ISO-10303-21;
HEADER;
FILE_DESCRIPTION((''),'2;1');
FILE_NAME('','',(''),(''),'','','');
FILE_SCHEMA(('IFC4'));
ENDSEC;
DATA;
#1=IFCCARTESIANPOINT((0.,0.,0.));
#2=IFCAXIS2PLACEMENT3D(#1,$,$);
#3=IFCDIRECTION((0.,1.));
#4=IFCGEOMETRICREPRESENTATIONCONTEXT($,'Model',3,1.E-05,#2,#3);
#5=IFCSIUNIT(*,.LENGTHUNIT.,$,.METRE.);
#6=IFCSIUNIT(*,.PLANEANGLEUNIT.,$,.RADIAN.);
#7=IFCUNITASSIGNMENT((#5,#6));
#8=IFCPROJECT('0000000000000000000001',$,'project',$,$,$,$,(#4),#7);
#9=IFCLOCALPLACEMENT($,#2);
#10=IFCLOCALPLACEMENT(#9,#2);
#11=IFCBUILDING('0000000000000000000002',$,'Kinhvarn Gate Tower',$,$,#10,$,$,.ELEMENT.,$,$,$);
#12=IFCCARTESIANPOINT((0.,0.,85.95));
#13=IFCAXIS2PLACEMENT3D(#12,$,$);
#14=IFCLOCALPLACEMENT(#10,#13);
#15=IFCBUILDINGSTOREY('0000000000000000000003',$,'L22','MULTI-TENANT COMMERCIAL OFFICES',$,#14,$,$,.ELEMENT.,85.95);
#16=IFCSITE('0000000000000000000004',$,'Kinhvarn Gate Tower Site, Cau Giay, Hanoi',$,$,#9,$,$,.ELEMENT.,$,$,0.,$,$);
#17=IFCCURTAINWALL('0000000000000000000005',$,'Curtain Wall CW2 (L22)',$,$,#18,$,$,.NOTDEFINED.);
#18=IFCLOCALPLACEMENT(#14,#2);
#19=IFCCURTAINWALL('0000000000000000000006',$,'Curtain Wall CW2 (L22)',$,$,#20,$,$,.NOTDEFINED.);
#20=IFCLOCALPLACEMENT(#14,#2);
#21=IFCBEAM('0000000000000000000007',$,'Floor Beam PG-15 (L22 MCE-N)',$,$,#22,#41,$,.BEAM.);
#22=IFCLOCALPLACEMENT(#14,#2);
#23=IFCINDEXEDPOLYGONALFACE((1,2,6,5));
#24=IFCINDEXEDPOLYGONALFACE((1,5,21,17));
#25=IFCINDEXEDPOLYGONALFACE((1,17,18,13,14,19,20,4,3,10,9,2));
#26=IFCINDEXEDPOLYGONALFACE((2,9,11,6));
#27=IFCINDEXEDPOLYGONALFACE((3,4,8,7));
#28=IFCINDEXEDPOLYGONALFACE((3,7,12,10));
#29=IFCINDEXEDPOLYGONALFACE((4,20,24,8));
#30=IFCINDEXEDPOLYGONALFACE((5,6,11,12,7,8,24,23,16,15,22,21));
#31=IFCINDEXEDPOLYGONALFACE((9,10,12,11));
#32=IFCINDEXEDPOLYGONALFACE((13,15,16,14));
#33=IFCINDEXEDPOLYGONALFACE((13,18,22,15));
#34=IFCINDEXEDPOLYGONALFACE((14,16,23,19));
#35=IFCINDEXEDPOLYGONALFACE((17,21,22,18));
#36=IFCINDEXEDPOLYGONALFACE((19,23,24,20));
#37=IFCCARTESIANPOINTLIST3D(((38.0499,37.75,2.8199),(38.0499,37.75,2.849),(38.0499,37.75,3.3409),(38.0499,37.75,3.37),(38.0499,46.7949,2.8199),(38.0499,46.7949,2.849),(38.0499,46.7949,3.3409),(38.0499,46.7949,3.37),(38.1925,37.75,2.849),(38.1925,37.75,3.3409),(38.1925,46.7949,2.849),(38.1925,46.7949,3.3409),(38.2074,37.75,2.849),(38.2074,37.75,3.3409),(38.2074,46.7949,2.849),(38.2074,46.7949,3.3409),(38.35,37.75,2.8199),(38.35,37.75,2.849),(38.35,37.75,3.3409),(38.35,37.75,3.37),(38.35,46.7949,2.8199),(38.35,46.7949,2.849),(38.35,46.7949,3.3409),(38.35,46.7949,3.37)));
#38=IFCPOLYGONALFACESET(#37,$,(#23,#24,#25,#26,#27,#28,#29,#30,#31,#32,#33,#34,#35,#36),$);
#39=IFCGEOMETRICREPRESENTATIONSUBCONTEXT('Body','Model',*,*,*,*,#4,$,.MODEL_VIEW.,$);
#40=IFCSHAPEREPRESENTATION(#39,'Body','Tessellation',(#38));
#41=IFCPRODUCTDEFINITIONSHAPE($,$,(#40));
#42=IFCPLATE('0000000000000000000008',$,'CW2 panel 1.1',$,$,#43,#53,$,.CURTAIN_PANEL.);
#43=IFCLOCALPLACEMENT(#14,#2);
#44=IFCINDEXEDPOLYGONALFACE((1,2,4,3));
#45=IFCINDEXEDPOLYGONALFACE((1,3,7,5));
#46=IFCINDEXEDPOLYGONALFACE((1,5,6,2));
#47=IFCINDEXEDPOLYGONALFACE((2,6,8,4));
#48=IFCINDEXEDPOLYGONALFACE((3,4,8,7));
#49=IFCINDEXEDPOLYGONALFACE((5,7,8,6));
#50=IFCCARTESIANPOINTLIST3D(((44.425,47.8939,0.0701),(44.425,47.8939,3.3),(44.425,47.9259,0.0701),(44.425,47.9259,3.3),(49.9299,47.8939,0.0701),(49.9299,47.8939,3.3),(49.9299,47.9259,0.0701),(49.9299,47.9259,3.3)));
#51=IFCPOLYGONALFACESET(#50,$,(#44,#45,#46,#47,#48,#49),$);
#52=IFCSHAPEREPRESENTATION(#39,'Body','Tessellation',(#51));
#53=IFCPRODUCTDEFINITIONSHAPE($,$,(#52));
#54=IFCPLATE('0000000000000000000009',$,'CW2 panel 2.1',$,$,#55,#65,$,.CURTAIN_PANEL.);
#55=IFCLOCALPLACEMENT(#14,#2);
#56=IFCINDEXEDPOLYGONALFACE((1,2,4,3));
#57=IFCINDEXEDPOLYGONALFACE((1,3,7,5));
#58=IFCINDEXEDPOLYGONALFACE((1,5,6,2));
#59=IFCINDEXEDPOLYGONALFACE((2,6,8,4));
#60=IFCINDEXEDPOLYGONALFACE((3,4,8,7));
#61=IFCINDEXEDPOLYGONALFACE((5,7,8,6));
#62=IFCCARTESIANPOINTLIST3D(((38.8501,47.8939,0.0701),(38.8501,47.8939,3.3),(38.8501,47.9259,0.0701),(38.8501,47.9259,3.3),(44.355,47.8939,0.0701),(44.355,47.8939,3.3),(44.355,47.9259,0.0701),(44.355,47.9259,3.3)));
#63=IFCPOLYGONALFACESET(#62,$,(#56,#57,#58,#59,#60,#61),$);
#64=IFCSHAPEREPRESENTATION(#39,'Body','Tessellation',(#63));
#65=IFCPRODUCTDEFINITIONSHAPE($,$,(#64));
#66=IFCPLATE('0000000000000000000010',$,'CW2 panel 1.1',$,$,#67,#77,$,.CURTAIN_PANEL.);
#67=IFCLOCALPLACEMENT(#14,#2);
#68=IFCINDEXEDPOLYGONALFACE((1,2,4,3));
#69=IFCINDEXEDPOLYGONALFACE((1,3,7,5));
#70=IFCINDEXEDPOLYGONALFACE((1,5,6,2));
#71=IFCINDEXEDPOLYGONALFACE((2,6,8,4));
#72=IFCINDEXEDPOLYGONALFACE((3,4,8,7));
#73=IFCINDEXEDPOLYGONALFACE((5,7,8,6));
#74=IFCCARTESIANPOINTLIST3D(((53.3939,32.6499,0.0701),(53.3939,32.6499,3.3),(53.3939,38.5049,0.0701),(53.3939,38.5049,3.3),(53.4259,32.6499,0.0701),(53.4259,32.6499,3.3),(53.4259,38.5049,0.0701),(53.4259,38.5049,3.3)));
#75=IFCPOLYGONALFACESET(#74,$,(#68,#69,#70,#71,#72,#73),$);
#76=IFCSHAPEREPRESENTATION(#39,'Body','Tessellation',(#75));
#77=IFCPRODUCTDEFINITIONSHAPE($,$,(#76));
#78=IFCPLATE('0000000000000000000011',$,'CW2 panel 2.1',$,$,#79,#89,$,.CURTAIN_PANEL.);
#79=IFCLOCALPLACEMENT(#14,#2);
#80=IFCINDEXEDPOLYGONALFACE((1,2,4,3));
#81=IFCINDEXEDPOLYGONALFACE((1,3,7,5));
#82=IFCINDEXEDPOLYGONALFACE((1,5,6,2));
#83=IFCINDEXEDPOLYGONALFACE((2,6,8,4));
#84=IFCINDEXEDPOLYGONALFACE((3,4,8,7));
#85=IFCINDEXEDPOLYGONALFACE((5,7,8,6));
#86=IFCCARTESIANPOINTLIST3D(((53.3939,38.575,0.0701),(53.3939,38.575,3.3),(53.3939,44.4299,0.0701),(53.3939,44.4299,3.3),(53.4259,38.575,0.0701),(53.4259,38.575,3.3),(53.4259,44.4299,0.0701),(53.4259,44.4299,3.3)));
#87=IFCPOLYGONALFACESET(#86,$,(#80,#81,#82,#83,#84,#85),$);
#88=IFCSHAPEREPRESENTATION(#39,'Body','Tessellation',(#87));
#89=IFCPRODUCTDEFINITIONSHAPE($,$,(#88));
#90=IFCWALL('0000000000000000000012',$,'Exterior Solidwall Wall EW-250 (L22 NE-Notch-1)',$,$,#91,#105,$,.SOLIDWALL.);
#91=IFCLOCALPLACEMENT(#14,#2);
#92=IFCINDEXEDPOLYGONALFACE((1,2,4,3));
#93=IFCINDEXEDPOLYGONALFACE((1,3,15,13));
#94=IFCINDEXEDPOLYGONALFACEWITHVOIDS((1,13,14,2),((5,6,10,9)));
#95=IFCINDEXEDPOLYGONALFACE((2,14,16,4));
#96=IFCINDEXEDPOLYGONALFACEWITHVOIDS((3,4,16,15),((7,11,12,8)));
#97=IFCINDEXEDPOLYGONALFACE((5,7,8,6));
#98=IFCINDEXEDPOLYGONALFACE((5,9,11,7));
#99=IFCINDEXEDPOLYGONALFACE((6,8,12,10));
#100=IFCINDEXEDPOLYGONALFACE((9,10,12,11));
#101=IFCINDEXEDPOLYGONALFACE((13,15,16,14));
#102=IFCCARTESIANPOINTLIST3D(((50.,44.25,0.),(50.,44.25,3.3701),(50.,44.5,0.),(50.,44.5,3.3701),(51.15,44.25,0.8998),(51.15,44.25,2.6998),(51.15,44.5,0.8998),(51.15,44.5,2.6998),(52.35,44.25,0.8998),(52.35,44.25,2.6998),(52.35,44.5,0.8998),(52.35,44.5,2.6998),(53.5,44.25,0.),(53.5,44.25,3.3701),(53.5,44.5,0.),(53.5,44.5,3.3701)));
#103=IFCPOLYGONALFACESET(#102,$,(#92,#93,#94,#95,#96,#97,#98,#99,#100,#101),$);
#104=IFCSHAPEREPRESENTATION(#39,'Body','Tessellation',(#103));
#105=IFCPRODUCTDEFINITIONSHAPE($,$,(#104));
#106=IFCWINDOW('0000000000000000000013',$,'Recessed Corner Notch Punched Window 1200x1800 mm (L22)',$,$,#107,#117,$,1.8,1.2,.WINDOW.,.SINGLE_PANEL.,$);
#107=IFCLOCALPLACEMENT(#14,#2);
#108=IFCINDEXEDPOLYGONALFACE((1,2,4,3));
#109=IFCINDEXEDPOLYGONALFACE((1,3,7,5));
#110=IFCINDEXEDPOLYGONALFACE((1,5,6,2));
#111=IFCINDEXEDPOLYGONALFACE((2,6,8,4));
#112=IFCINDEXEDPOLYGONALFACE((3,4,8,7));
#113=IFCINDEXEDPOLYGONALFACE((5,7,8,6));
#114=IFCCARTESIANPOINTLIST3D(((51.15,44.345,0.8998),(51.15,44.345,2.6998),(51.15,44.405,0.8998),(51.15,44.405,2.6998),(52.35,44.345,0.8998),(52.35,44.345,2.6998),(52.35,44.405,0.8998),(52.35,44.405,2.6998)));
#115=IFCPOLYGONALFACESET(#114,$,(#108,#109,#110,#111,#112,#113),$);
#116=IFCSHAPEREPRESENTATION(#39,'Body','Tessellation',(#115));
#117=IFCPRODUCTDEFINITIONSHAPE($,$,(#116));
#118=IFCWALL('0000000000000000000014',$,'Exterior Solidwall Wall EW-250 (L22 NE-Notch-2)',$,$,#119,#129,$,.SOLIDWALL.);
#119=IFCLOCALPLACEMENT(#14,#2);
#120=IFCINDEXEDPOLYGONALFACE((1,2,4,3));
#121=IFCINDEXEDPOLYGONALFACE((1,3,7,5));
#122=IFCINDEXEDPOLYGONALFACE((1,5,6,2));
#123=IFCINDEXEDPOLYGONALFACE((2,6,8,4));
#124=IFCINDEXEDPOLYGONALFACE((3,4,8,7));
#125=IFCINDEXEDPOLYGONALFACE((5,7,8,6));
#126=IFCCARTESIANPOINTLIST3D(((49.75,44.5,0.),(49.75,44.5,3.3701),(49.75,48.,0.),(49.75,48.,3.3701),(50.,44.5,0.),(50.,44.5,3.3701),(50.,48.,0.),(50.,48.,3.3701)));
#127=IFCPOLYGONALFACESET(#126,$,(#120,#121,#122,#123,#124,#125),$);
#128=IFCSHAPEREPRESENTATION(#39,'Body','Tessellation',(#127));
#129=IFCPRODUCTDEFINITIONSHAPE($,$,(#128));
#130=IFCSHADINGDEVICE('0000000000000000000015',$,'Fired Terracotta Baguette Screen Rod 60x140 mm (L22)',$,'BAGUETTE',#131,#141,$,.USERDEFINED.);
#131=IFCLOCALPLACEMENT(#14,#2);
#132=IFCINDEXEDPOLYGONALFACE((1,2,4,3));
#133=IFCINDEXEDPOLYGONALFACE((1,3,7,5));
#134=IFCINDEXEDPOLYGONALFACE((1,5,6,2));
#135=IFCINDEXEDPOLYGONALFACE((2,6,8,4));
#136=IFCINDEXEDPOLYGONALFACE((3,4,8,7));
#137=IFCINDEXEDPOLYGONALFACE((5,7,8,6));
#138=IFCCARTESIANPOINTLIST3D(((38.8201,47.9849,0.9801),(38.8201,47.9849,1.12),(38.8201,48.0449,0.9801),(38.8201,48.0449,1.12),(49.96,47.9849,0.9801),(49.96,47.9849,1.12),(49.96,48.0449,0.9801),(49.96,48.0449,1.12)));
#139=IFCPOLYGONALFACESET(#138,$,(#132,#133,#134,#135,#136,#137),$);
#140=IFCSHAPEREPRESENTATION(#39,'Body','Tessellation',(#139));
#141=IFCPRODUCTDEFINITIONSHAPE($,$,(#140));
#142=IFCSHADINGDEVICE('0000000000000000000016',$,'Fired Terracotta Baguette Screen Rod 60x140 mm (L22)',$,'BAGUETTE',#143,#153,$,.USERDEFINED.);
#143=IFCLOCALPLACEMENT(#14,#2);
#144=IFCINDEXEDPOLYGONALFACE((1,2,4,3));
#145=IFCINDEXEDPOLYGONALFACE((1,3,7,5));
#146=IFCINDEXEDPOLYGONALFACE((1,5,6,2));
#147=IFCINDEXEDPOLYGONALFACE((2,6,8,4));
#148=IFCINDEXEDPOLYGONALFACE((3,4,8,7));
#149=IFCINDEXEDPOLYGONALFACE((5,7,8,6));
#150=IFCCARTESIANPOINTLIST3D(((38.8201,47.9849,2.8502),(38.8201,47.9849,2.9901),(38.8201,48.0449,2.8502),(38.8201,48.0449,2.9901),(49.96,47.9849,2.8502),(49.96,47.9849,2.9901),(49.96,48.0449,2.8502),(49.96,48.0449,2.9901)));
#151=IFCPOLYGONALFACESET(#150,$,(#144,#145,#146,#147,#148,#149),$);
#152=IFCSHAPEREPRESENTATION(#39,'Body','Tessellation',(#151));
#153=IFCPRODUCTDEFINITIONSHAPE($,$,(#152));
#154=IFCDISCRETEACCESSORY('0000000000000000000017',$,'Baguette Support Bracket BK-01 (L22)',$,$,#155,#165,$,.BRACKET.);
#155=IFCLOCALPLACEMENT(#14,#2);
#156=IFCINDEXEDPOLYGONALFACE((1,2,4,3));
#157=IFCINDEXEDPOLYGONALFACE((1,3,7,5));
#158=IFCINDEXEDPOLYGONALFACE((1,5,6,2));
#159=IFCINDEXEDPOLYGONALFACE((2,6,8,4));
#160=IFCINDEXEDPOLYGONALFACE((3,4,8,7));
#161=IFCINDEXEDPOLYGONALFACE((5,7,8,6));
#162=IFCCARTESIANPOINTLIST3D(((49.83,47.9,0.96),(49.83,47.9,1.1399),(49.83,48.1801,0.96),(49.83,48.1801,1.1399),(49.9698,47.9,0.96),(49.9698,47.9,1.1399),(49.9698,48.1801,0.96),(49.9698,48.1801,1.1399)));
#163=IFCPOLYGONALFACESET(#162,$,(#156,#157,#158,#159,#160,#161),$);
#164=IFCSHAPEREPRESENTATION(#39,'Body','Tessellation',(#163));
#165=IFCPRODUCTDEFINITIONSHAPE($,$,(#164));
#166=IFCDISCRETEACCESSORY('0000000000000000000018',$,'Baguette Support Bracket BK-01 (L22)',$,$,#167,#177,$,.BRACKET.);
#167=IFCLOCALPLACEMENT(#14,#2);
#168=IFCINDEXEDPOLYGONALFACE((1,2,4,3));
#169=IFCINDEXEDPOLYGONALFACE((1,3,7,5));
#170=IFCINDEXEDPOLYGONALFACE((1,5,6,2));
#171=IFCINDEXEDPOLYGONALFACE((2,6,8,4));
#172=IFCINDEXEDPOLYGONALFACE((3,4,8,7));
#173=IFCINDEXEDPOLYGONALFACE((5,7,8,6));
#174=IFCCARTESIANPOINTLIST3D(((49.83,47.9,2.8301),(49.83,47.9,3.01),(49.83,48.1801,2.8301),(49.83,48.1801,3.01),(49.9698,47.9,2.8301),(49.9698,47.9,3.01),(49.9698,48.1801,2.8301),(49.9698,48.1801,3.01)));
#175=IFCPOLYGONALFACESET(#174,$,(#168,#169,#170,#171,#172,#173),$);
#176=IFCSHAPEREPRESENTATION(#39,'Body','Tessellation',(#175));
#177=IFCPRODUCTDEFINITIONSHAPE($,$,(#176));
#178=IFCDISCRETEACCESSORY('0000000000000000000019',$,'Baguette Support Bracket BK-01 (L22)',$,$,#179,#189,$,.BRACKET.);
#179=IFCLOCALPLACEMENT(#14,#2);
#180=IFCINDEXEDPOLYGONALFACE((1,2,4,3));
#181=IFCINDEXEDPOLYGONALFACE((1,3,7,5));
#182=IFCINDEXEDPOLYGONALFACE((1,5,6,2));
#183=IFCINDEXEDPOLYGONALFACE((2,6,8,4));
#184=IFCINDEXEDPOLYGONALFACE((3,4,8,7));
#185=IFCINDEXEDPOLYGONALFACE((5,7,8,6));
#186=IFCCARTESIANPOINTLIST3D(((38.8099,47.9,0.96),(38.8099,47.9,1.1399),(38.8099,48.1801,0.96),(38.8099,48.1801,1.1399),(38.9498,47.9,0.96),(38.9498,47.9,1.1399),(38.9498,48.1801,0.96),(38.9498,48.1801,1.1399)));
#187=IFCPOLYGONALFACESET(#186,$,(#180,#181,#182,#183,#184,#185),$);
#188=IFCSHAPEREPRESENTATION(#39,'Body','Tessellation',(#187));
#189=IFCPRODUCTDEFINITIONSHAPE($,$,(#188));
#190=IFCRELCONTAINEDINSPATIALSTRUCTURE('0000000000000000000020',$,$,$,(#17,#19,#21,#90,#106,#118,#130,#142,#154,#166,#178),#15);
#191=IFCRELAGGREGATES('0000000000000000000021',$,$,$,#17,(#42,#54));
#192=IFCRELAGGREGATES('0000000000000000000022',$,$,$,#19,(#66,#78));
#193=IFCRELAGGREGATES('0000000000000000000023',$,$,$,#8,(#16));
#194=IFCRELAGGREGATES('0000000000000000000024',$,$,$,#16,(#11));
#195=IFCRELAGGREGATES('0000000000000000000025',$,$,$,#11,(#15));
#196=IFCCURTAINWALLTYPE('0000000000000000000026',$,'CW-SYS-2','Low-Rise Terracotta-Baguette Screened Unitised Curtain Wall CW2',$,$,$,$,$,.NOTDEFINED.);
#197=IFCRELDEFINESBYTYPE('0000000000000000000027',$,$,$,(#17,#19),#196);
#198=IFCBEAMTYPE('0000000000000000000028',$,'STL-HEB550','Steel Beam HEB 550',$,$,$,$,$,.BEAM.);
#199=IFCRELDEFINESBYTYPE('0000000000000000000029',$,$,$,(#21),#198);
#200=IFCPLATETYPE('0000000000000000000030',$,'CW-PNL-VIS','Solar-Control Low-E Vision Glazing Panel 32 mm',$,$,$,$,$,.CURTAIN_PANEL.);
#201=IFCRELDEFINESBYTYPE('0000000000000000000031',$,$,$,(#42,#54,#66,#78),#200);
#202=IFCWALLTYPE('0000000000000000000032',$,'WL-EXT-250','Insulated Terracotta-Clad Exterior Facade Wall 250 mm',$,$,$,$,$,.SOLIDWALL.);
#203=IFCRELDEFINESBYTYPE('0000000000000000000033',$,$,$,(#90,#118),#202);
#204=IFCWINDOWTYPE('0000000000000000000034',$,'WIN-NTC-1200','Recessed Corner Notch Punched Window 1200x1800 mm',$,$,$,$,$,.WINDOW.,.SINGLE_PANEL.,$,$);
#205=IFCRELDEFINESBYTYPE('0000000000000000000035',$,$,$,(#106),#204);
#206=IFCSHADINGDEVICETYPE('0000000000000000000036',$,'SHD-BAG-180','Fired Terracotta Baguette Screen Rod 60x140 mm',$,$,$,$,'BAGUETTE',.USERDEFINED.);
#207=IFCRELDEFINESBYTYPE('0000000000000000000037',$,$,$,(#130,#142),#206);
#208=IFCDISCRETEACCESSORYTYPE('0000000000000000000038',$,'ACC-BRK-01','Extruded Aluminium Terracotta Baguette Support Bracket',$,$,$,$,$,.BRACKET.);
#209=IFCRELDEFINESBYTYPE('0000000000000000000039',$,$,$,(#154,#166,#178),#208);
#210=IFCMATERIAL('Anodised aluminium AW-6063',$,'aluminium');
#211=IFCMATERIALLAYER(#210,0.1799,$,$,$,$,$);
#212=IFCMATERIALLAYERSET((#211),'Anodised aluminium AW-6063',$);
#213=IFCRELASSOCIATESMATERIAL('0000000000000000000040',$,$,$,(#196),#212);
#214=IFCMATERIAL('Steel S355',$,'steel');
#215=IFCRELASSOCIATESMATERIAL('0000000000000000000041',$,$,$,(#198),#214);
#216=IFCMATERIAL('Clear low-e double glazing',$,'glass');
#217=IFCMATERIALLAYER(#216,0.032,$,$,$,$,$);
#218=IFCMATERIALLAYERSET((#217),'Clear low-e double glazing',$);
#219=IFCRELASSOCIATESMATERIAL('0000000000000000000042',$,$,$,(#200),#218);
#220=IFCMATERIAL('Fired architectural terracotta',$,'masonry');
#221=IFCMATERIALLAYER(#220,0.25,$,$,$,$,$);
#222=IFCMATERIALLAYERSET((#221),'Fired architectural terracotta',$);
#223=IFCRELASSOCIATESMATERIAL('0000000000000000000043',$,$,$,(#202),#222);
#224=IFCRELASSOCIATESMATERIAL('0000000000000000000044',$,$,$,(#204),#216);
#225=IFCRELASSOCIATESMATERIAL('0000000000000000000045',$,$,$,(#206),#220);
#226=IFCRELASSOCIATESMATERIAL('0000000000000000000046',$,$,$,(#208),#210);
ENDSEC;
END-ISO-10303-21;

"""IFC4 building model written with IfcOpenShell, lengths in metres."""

from ifc_helpers import new_model, si_unit, direction, frame, frame_2d, origin, origin_2d, place, context, subcontext, project, spatial, rectangle, i_section, extrude, material, layer, layer_set, material_profile, profile_set, type_object, element, fill, aggregate, save


model = new_model("IFC4")

# Units and contexts
model_context = context("Model", 3, precision=1e-05, world=origin(), true_north=direction((0.0, 1.0)))
body_context = subcontext(model_context, "Body", "Model", "MODEL_VIEW")
ifc_project = project(units=[si_unit("LENGTHUNIT", "METRE"), si_unit("PLANEANGLEUNIT", "RADIAN")], contexts=[model_context])

# Site, building, storey
site_placement = place(None, origin())
site = spatial("IfcSite", under=ifc_project, at=site_placement, Name="Kinhvarn Gate Tower Site, Cau Giay, Hanoi", CompositionType="ELEMENT", RefElevation=0.0)
building_placement = place(site_placement, origin())
building = spatial("IfcBuilding", under=site, at=building_placement, Name="Kinhvarn Gate Tower", CompositionType="ELEMENT")
storey_placement = place(building_placement, frame((0.0, 0.0, 85.95)))
storey = spatial("IfcBuildingStorey", under=building, at=storey_placement, Name="L22", Description="MULTI-TENANT COMMERCIAL OFFICES", CompositionType="ELEMENT", Elevation=85.95)

# Curtain walls
ifc_material_1 = material(Name="Anodised aluminium AW-6063", Category="aluminium")
ifc_layer_1 = layer(ifc_material_1, 0.1799)
ifc_layer_set_1 = layer_set([ifc_layer_1], Name="Anodised aluminium AW-6063")
curtain_wall_type = type_object("IfcCurtainWallType", Name="CW-SYS-2", Description="Low-Rise Terracotta-Baguette Screened Unitised Curtain Wall CW2", PredefinedType="NOTDEFINED", material=ifc_layer_set_1)
curtain_wall_1_placement = place(storey_placement, origin())
curtain_wall_1 = element("IfcCurtainWall", 1, at=curtain_wall_1_placement, inside=storey, type_object=curtain_wall_type, Name="Curtain Wall CW2 (L22)", PredefinedType="NOTDEFINED")
curtain_wall_2_placement = place(storey_placement, origin())
curtain_wall_2 = element("IfcCurtainWall", 2, at=curtain_wall_2_placement, inside=storey, type_object=curtain_wall_type, Name="Curtain Wall CW2 (L22)", PredefinedType="NOTDEFINED")

# Beam
ifc_material_2 = material(Name="Steel S355", Category="steel")
ifc_material_profile_1 = material_profile(ifc_material_2, i_section(OverallWidth=0.3, OverallDepth=0.55, WebThickness=0.0149, FlangeThickness=0.0291, at=origin_2d()), Name="HEB 550")
ifc_profile_set_1 = profile_set([ifc_material_profile_1], Name="Steel S355")
beam_type = type_object("IfcBeamType", Name="STL-HEB550", Description="Steel Beam HEB 550", PredefinedType="BEAM", material=ifc_profile_set_1)
beam_placement = place(storey_placement, frame((38.2, 37.75, 3.095), z_axis=(0.0, 1.0, 0.0), x_axis=(-1.0, 0.0, 0.0)))
element("IfcBeam", 3, at=beam_placement, inside=storey, type_object=beam_type, Name="Floor Beam PG-15 (L22 MCE-N)", PredefinedType="BEAM", context=body_context, shape_type="SweptSolid", body=[
    extrude(i_section(OverallWidth=0.3, OverallDepth=0.55, WebThickness=0.0149, FlangeThickness=0.0291, at=origin_2d()), origin(), (0.0, 0.0, 1.0), 9.0449),
])

# Plates
ifc_material_3 = material(Name="Clear low-e double glazing", Category="glass")
ifc_layer_2 = layer(ifc_material_3, 0.032)
ifc_layer_set_2 = layer_set([ifc_layer_2], Name="Clear low-e double glazing")
plate_type = type_object("IfcPlateType", Name="CW-PNL-VIS", Description="Solar-Control Low-E Vision Glazing Panel 32 mm", PredefinedType="CURTAIN_PANEL", material=ifc_layer_set_2)
plate_1_placement = place(storey_placement, frame((47.1775, 47.9099, 0.0701), z_axis=(0.0, 0.0, 1.0), x_axis=(-1.0, 0.0, 0.0)))
plate_1 = element("IfcPlate", 4, at=plate_1_placement, type_object=plate_type, Name="CW2 panel 1.1", PredefinedType="CURTAIN_PANEL", context=body_context, shape_type="SweptSolid", body=[
    extrude(rectangle(XDim=5.5049, YDim=0.032, at=origin_2d()), origin(), (0.0, 0.0, 1.0), 3.23),
])
plate_2_placement = place(storey_placement, frame((41.6025, 47.9099, 0.0701), z_axis=(0.0, 0.0, 1.0), x_axis=(-1.0, 0.0, 0.0)))
plate_2 = element("IfcPlate", 5, at=plate_2_placement, type_object=plate_type, Name="CW2 panel 2.1", PredefinedType="CURTAIN_PANEL", context=body_context, shape_type="SweptSolid", body=[
    extrude(rectangle(XDim=5.5049, YDim=0.032, at=origin_2d()), origin(), (0.0, 0.0, 1.0), 3.23),
])
aggregate(curtain_wall_1, [plate_1, plate_2])
plate_3_placement = place(storey_placement, frame((53.4099, 35.5774, 0.0701), z_axis=(0.0, 0.0, 1.0), x_axis=(0.0, 1.0, 0.0)))
plate_3 = element("IfcPlate", 6, at=plate_3_placement, type_object=plate_type, Name="CW2 panel 1.1", PredefinedType="CURTAIN_PANEL", context=body_context, shape_type="SweptSolid", body=[
    extrude(rectangle(XDim=5.855, YDim=0.032, at=origin_2d()), origin(), (0.0, 0.0, 1.0), 3.23),
])
plate_4_placement = place(storey_placement, frame((53.4099, 41.5024, 0.0701), z_axis=(0.0, 0.0, 1.0), x_axis=(0.0, 1.0, 0.0)))
plate_4 = element("IfcPlate", 7, at=plate_4_placement, type_object=plate_type, Name="CW2 panel 2.1", PredefinedType="CURTAIN_PANEL", context=body_context, shape_type="SweptSolid", body=[
    extrude(rectangle(XDim=5.855, YDim=0.032, at=origin_2d()), origin(), (0.0, 0.0, 1.0), 3.23),
])
aggregate(curtain_wall_2, [plate_3, plate_4])

# Wall, opening, window
ifc_material_4 = material(Name="Fired architectural terracotta", Category="masonry")
ifc_layer_3 = layer(ifc_material_4, 0.25)
ifc_layer_set_3 = layer_set([ifc_layer_3], Name="Fired architectural terracotta")
wall_type = type_object("IfcWallType", Name="WL-EXT-250", Description="Insulated Terracotta-Clad Exterior Facade Wall 250 mm", PredefinedType="SOLIDWALL", material=ifc_layer_set_3)
wall_1_placement = place(storey_placement, frame((53.5, 44.375, 0.0), z_axis=(0.0, 0.0, 1.0), x_axis=(-1.0, 0.0, 0.0)))
wall_1 = element("IfcWall", 8, at=wall_1_placement, inside=storey, type_object=wall_type, Name="Exterior Solidwall Wall EW-250 (L22 NE-Notch-1)", PredefinedType="SOLIDWALL", context=body_context, shape_type="SweptSolid", body=[
    extrude(rectangle(XDim=3.5, YDim=0.25, at=frame_2d((1.75, 0.0))), origin(), (0.0, 0.0, 1.0), 3.3701),
])
opening_placement = place(wall_1_placement, frame((1.1499, 0.0, 0.8999)))
opening = element("IfcOpeningElement", 9, at=opening_placement, cuts=wall_1, PredefinedType="OPENING", context=body_context, shape_type="SweptSolid", body=[
    extrude(rectangle(XDim=1.2, YDim=1.8, at=frame_2d((0.6001, 0.8999))), frame((0.0, 0.135, 0.0), z_axis=(0.0, -1.0, 0.0), x_axis=(1.0, 0.0, 0.0)), (0.0, 0.0, 1.0), 0.27),
])
window_type = type_object("IfcWindowType", Name="WIN-NTC-1200", Description="Recessed Corner Notch Punched Window 1200x1800 mm", PartitioningType="SINGLE_PANEL", PredefinedType="WINDOW", material=ifc_material_3)
window_placement = place(opening_placement, origin())
window = element("IfcWindow", 10, at=window_placement, inside=storey, type_object=window_type, Name="Recessed Corner Notch Punched Window 1200x1800 mm (L22)", OverallHeight=1.8, OverallWidth=1.2, PartitioningType="SINGLE_PANEL", PredefinedType="WINDOW", context=body_context, shape_type="SweptSolid", body=[
    extrude(rectangle(XDim=1.2, YDim=1.8, at=frame_2d((0.6001, 0.8999))), frame((0.0, 0.03, 0.0), z_axis=(0.0, -1.0, 0.0), x_axis=(1.0, 0.0, 0.0)), (0.0, 0.0, 1.0), 0.0601),
])
fill(opening, window)

# Wall
wall_2_placement = place(storey_placement, frame((49.875, 44.5, 0.0), z_axis=(0.0, 0.0, 1.0), x_axis=(0.0, 1.0, 0.0)))
element("IfcWall", 11, at=wall_2_placement, inside=storey, type_object=wall_type, Name="Exterior Solidwall Wall EW-250 (L22 NE-Notch-2)", PredefinedType="SOLIDWALL", context=body_context, shape_type="SweptSolid", body=[
    extrude(rectangle(XDim=3.5, YDim=0.25, at=frame_2d((1.75, 0.0))), origin(), (0.0, 0.0, 1.0), 3.3701),
])

# Shading devices
ifc_material_profile_2 = material_profile(ifc_material_4, rectangle(XDim=0.0601, YDim=0.1399, at=origin_2d()), Name="TC 60x140")
ifc_profile_set_2 = profile_set([ifc_material_profile_2], Name="Fired architectural terracotta")
shading_device_type = type_object("IfcShadingDeviceType", Name="SHD-BAG-180", Description="Fired Terracotta Baguette Screen Rod 60x140 mm", ElementType="BAGUETTE", PredefinedType="USERDEFINED", material=ifc_profile_set_2)
for number, where, z_axis, x_axis, name in (
    (12, (49.96, 48.0149, 1.05), (-1.0, 0.0, 0.0), (0.0, -1.0, 0.0), "Fired Terracotta Baguette Screen Rod 60x140 mm (L22)"),
    (13, (49.96, 48.0149, 2.9202), (-1.0, 0.0, 0.0), (0.0, -1.0, 0.0), "Fired Terracotta Baguette Screen Rod 60x140 mm (L22)"),
):
    element("IfcShadingDevice", number, at=place(storey_placement, frame(where, z_axis=z_axis, x_axis=x_axis)), inside=storey, type_object=shading_device_type, Name=name, ObjectType="BAGUETTE", PredefinedType="USERDEFINED", context=body_context, shape_type="SweptSolid", body=[
        extrude(rectangle(XDim=0.0601, YDim=0.1399, at=origin_2d()), origin(), (0.0, 0.0, 1.0), 11.1399),
    ])

# Discrete accessories
discrete_accessory_type = type_object("IfcDiscreteAccessoryType", Name="ACC-BRK-01", Description="Extruded Aluminium Terracotta Baguette Support Bracket", PredefinedType="BRACKET", material=ifc_material_1)
for number, where, z_axis, x_axis, name in (
    (14, (49.8999, 48.04, 0.96), (0.0, 0.0, 1.0), (-1.0, 0.0, 0.0), "Baguette Support Bracket BK-01 (L22)"),
    (15, (49.8999, 48.04, 2.8301), (0.0, 0.0, 1.0), (-1.0, 0.0, 0.0), "Baguette Support Bracket BK-01 (L22)"),
    (16, (38.8799, 48.04, 0.96), (0.0, 0.0, 1.0), (-1.0, 0.0, 0.0), "Baguette Support Bracket BK-01 (L22)"),
):
    element("IfcDiscreteAccessory", number, at=place(storey_placement, frame(where, z_axis=z_axis, x_axis=x_axis)), inside=storey, type_object=discrete_accessory_type, Name=name, PredefinedType="BRACKET", context=body_context, shape_type="SweptSolid", body=[
        extrude(rectangle(XDim=0.1399, YDim=0.28, at=origin_2d()), origin(), (0.0, 0.0, 1.0), 0.1799),
    ])

save(model, "model.ifc")
